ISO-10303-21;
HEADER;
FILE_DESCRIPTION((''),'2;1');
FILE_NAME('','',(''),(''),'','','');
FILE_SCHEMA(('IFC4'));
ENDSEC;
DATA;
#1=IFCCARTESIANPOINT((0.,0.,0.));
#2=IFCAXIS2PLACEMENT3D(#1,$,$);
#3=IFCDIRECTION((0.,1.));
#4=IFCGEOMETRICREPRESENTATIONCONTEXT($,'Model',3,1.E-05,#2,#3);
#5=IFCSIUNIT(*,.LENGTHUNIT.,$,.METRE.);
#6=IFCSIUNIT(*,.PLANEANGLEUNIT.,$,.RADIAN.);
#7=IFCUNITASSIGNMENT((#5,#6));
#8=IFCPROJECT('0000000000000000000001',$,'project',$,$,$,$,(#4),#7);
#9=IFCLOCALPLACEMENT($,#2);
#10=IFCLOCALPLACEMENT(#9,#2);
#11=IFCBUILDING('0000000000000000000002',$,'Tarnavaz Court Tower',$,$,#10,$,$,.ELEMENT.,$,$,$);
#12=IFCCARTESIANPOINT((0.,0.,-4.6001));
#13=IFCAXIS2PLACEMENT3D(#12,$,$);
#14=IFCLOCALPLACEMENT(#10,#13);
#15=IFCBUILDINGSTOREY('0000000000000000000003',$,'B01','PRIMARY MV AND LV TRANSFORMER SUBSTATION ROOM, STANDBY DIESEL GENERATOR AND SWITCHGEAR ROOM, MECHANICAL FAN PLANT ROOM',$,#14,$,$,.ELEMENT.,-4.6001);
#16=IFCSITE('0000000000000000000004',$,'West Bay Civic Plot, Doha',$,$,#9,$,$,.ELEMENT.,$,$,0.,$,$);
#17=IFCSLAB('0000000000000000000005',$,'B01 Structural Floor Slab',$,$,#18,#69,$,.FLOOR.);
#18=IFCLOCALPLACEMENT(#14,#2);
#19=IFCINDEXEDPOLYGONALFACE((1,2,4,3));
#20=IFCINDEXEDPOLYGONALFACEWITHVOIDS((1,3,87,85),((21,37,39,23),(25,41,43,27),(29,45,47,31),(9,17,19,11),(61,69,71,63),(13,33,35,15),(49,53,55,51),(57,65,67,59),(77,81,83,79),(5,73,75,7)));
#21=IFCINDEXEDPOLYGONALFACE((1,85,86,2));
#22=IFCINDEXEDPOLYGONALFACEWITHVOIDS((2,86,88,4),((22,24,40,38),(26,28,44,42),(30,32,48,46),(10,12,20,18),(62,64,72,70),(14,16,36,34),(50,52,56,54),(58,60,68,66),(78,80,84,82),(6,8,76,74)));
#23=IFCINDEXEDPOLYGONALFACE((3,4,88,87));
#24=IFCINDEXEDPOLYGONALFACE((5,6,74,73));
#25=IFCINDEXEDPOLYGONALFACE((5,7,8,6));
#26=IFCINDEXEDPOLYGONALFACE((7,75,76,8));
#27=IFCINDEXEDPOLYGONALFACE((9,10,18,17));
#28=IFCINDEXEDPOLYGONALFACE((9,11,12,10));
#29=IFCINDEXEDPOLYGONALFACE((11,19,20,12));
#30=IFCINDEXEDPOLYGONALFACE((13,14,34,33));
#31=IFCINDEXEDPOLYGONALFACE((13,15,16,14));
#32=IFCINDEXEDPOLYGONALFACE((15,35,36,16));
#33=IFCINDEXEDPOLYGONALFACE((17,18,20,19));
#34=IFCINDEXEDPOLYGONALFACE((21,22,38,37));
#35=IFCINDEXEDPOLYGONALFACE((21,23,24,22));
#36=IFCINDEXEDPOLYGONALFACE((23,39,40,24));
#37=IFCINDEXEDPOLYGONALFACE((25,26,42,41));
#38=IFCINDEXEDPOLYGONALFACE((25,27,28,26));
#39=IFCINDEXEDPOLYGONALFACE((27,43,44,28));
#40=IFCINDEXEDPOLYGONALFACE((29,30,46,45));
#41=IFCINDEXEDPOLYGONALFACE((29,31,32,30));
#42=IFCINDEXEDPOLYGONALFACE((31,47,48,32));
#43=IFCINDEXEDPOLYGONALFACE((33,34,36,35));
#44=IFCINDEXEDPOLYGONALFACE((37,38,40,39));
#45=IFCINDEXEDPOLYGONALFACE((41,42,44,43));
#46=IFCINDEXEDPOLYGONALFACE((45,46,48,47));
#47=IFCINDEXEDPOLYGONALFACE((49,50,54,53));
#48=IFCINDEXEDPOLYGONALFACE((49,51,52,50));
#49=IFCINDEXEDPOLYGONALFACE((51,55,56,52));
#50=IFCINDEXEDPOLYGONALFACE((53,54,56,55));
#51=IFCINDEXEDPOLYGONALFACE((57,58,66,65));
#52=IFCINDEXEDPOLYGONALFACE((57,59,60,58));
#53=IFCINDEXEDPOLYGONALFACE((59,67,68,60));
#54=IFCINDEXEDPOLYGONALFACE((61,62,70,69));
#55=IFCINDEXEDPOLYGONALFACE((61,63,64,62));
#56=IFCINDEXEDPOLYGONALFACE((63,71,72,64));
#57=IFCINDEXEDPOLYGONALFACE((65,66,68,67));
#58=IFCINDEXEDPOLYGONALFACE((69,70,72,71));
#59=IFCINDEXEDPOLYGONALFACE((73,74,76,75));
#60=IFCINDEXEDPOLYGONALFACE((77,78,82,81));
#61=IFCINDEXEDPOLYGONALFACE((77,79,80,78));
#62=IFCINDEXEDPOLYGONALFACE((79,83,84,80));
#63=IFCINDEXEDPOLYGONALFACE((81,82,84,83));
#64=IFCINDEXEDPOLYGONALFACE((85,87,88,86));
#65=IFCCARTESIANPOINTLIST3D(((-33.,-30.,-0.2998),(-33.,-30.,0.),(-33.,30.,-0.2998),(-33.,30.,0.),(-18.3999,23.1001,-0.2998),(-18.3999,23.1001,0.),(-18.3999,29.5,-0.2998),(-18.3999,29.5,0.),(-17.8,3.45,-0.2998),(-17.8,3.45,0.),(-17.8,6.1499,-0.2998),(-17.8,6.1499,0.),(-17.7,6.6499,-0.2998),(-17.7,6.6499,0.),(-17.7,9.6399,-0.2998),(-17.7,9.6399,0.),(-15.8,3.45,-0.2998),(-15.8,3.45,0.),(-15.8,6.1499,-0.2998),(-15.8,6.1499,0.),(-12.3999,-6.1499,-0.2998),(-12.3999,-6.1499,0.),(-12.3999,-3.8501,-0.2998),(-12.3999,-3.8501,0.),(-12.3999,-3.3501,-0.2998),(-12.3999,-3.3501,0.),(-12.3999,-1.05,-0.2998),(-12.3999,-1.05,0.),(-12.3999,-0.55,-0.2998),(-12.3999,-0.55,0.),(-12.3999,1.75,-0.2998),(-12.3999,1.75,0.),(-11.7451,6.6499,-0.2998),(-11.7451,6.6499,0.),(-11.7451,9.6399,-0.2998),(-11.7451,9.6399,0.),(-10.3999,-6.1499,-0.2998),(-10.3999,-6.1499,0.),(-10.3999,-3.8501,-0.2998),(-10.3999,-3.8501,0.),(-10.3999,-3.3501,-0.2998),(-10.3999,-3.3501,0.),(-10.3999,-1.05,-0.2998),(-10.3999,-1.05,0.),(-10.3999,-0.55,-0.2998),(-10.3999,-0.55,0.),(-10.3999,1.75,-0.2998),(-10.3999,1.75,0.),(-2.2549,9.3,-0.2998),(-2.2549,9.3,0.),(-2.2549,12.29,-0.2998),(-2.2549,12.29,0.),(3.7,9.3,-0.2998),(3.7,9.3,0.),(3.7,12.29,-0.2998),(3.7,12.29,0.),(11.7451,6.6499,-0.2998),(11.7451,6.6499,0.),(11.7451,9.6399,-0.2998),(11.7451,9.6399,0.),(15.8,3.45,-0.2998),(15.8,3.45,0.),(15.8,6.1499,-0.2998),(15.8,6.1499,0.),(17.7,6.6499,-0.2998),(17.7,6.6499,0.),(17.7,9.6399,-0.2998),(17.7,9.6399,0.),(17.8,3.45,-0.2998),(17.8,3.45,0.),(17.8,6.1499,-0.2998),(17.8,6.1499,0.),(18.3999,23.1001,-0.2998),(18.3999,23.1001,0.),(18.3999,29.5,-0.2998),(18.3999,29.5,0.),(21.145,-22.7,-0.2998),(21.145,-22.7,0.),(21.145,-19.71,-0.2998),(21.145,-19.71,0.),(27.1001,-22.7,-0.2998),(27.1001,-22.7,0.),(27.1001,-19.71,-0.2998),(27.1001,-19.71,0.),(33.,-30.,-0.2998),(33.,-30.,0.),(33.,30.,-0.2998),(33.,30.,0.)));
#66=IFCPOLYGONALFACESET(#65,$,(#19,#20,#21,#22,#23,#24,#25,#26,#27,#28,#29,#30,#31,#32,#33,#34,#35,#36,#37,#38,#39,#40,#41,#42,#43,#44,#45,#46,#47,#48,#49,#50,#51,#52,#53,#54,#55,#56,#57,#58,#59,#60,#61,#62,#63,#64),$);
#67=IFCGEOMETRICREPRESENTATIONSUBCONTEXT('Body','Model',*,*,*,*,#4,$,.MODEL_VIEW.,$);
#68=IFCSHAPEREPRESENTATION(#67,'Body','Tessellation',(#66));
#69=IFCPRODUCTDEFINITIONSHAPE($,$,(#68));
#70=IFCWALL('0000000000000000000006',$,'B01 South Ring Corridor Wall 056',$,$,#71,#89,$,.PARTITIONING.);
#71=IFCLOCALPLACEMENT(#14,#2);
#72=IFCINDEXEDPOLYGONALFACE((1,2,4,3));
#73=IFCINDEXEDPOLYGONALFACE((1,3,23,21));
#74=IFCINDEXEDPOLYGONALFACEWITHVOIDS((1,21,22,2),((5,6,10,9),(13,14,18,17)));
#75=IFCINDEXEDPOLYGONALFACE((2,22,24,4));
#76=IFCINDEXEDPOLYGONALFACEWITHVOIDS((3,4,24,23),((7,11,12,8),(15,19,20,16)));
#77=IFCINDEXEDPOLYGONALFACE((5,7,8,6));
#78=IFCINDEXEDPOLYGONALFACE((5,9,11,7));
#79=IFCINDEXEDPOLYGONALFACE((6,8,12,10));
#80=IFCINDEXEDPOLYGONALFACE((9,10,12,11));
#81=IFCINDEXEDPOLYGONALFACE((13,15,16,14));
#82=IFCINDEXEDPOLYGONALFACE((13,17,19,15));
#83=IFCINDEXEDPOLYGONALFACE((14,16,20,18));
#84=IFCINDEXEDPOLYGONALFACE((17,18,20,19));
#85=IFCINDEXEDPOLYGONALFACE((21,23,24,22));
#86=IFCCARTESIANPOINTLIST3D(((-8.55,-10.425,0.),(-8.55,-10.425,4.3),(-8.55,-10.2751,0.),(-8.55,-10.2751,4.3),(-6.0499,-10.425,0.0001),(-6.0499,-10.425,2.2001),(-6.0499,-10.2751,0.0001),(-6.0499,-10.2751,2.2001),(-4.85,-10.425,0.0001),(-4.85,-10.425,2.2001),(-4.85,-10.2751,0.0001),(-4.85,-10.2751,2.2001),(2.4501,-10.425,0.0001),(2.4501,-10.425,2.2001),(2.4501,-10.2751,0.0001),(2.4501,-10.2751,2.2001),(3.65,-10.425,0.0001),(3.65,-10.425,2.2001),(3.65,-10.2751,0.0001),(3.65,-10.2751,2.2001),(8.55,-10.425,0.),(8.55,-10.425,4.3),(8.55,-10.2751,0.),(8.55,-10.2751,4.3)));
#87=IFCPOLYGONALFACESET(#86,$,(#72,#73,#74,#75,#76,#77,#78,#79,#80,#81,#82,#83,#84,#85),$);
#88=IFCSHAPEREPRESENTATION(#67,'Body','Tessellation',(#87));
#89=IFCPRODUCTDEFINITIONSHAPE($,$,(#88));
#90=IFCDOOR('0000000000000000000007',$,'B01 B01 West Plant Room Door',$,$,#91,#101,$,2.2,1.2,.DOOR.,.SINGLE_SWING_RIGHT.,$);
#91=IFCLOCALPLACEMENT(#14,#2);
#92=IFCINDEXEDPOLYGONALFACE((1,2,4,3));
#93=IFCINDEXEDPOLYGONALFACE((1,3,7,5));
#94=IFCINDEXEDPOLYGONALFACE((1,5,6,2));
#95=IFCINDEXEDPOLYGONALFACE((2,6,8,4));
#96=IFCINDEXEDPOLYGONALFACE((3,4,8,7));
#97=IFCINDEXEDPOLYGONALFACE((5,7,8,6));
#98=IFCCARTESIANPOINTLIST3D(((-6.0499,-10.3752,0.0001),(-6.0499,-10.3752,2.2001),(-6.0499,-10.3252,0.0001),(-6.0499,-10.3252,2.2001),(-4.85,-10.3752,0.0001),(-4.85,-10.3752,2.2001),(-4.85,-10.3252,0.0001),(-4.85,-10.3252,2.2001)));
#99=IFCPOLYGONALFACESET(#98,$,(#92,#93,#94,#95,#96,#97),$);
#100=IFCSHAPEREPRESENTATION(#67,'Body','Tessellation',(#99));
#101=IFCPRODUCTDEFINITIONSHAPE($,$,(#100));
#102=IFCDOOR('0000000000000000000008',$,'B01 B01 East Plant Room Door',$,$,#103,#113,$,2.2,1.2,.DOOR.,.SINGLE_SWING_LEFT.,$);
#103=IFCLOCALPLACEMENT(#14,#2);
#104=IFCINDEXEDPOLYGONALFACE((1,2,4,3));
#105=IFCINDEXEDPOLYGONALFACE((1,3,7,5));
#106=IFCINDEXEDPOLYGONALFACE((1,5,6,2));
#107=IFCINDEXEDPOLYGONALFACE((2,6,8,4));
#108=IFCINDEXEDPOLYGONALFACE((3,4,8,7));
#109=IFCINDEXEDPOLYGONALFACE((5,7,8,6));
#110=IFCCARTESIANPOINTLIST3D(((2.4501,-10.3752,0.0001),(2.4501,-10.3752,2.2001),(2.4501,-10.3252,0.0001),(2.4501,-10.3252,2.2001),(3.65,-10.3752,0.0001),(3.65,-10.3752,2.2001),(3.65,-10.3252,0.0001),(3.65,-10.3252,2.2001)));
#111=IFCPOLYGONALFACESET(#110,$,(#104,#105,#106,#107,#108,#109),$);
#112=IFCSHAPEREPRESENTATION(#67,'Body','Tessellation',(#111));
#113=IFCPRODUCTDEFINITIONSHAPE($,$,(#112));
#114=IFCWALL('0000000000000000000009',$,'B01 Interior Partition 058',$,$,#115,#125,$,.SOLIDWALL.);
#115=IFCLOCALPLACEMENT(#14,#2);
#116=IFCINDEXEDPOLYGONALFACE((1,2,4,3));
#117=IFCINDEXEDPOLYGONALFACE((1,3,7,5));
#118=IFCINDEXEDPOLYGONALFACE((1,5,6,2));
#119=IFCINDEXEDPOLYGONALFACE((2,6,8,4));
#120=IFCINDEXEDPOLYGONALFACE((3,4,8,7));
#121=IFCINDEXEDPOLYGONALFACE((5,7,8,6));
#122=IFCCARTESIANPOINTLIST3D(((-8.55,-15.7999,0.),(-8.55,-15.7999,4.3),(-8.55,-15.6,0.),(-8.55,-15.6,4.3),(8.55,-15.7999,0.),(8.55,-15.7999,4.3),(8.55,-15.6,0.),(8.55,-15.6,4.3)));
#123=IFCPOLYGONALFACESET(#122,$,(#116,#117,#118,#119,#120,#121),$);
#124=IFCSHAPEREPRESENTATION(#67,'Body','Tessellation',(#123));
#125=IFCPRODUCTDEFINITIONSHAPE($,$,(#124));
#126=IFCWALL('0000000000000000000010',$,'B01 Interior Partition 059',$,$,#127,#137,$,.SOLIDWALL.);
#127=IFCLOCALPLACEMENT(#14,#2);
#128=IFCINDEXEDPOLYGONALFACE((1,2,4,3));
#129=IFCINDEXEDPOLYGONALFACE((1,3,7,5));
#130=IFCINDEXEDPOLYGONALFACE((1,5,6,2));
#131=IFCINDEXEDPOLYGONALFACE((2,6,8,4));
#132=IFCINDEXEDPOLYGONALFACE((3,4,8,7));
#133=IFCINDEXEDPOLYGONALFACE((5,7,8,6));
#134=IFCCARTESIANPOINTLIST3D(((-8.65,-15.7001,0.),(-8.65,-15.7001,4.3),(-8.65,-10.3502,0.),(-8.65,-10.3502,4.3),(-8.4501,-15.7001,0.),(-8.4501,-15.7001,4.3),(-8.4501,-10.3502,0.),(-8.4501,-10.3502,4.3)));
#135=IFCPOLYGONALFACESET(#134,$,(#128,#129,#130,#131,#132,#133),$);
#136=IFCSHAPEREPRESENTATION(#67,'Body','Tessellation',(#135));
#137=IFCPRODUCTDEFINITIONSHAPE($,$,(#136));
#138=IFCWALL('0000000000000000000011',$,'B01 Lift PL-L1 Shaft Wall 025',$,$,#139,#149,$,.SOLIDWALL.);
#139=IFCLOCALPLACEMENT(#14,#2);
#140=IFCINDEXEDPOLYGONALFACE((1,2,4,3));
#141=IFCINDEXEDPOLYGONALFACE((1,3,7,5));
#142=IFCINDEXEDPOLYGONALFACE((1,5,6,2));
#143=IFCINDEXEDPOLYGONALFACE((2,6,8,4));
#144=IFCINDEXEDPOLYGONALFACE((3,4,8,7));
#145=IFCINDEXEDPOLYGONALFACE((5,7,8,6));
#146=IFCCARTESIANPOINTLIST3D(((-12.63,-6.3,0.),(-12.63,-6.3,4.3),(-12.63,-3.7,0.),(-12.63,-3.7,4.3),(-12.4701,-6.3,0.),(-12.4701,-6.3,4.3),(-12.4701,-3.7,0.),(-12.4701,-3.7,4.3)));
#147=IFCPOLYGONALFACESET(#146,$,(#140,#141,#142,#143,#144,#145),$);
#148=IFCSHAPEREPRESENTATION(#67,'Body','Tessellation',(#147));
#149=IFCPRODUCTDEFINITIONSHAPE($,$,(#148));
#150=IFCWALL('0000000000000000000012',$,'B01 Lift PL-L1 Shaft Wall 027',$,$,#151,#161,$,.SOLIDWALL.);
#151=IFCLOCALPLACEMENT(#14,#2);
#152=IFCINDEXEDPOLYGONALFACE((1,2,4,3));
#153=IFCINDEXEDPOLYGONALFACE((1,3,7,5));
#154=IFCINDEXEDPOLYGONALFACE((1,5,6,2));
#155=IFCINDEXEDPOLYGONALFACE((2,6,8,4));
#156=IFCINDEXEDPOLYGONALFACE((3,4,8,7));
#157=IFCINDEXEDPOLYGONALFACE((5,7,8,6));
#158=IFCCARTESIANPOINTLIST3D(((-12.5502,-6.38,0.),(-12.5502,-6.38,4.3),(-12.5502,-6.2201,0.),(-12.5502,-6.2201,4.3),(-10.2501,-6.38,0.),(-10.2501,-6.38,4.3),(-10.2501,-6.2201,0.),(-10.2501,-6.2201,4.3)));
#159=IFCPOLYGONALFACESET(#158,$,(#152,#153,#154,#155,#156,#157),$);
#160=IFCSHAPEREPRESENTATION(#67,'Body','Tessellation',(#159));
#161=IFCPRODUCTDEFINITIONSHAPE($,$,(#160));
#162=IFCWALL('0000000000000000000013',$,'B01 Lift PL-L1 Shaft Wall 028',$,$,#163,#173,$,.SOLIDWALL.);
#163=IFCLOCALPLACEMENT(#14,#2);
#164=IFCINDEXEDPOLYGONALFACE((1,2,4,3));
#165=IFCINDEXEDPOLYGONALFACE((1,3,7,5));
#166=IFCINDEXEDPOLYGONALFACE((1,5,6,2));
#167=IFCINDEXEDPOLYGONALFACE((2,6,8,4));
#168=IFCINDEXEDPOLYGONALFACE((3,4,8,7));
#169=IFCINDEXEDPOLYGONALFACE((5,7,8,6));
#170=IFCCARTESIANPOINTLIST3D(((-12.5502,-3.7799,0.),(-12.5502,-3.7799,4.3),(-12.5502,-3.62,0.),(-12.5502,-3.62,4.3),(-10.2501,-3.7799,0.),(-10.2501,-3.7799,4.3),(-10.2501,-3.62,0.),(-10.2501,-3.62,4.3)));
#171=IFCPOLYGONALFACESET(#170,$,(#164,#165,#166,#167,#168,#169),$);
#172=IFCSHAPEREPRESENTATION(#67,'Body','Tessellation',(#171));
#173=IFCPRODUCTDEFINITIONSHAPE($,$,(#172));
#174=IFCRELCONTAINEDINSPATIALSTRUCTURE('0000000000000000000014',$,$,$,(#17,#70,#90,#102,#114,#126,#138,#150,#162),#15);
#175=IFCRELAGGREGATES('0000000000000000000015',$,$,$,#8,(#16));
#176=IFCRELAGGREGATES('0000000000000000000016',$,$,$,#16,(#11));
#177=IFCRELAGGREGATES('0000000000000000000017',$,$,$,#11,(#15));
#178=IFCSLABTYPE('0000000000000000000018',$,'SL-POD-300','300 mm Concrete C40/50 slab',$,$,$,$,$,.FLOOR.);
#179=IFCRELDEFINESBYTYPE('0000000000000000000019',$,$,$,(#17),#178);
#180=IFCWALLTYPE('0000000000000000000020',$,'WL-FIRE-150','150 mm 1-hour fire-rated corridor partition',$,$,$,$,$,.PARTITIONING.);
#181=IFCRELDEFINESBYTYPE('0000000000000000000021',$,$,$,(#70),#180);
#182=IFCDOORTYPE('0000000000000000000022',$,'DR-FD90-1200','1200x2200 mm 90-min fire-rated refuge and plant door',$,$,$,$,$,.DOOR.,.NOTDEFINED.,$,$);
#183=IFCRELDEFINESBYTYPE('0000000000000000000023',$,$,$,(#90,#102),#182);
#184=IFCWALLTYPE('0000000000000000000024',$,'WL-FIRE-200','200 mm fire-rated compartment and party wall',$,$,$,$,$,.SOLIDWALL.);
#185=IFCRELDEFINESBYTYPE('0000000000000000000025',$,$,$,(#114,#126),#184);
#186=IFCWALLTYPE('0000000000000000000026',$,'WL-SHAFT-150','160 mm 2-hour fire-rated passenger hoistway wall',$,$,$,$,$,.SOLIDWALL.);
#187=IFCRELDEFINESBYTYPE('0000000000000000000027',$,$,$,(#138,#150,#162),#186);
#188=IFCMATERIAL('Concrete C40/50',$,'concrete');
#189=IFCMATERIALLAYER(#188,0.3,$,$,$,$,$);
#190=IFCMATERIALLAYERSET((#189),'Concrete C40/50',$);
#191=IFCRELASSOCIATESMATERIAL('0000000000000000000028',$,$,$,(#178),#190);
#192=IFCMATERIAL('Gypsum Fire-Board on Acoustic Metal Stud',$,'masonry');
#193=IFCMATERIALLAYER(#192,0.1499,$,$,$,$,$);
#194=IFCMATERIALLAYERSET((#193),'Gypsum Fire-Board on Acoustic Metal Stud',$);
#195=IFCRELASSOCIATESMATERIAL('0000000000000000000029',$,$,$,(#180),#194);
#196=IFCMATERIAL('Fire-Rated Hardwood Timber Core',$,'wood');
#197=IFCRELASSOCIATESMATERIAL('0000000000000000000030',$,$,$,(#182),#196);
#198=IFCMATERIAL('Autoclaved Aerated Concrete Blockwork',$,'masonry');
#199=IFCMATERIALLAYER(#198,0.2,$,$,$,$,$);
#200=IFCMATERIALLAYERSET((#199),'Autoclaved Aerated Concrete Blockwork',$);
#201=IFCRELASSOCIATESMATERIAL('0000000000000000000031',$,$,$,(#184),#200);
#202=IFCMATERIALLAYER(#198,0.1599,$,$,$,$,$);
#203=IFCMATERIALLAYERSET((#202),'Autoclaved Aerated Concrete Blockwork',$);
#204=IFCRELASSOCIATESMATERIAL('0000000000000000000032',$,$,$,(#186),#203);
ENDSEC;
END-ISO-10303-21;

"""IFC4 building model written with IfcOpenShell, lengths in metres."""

from ifc_helpers import new_model, si_unit, direction, frame, frame_2d, origin, place, context, subcontext, project, spatial, polyline, rectangle, outline, extrude, material, layer, layer_set, type_object, element, fill, save


model = new_model("IFC4")

# Units and contexts
model_context = context("Model", 3, precision=1e-05, world=origin(), true_north=direction((0.0, 1.0)))
body_context = subcontext(model_context, "Body", "Model", "MODEL_VIEW")
ifc_project = project(units=[si_unit("LENGTHUNIT", "METRE"), si_unit("PLANEANGLEUNIT", "RADIAN")], contexts=[model_context])

# Site, building, storey
site_placement = place(None, origin())
site = spatial("IfcSite", under=ifc_project, at=site_placement, Name="West Bay Civic Plot, Doha", CompositionType="ELEMENT", RefElevation=0.0)
building_placement = place(site_placement, origin())
building = spatial("IfcBuilding", under=site, at=building_placement, Name="Tarnavaz Court Tower", CompositionType="ELEMENT")
storey_placement = place(building_placement, frame((0.0, 0.0, -4.6001)))
storey = spatial("IfcBuildingStorey", under=building, at=storey_placement, Name="B01", Description="PRIMARY MV AND LV TRANSFORMER SUBSTATION ROOM, STANDBY DIESEL GENERATOR AND SWITCHGEAR ROOM, MECHANICAL FAN PLANT ROOM", CompositionType="ELEMENT", Elevation=-4.6001)

# Slab
ifc_material_1 = material(Name="Concrete C40/50", Category="concrete")
ifc_layer_1 = layer(ifc_material_1, 0.3)
ifc_layer_set_1 = layer_set([ifc_layer_1], Name="Concrete C40/50")
slab_type = type_object("IfcSlabType", Name="SL-POD-300", Description="300 mm Concrete C40/50 slab", PredefinedType="FLOOR", material=ifc_layer_set_1)
slab_placement = place(storey_placement, frame((0.0, 0.0, -0.2998)))
element("IfcSlab", 1, at=slab_placement, inside=storey, type_object=slab_type, Name="B01 Structural Floor Slab", PredefinedType="FLOOR", context=body_context, shape_type="SweptSolid", body=[
    extrude(outline(polyline([(-33.0, -30.0), (33.0, -30.0), (33.0, 30.0), (-33.0, 30.0), (-33.0, -30.0)]), holes=[polyline([(-11.7451, 9.6399), (-17.7, 9.6399), (-17.7, 6.6499), (-11.7451, 6.6499), (-11.7451, 9.6399)]), polyline([(11.7451, 6.6499), (17.7, 6.6499), (17.7, 9.6399), (11.7451, 9.6399), (11.7451, 6.6499)]), polyline([(-2.2549, 9.3), (3.7, 9.3), (3.7, 12.29), (-2.2549, 12.29), (-2.2549, 9.3)]), polyline([(21.145, -22.7), (27.1001, -22.7), (27.1001, -19.71), (21.145, -19.71), (21.145, -22.7)]), polyline([(-17.8, 3.45), (-15.8, 3.45), (-15.8, 6.1499), (-17.8, 6.1499), (-17.8, 3.45)]), polyline([(-12.3999, -6.1499), (-10.3999, -6.1499), (-10.3999, -3.8501), (-12.3999, -3.8501), (-12.3999, -6.1499)]), polyline([(-12.3999, -3.3501), (-10.3999, -3.3501), (-10.3999, -1.05), (-12.3999, -1.05), (-12.3999, -3.3501)]), polyline([(-12.3999, -0.55), (-10.3999, -0.55), (-10.3999, 1.75), (-12.3999, 1.75), (-12.3999, -0.55)]), polyline([(15.8, 3.45), (17.8, 3.45), (17.8, 6.1499), (15.8, 6.1499), (15.8, 3.45)]), polyline([(-18.3999, 23.1001), (18.3999, 23.1001), (18.3999, 29.5), (-18.3999, 29.5), (-18.3999, 23.1001)])]), origin(), (0.0, 0.0, 1.0), 0.2998),
])

# Wall, openings, doors
ifc_material_2 = material(Name="Gypsum Fire-Board on Acoustic Metal Stud", Category="masonry")
ifc_layer_2 = layer(ifc_material_2, 0.1499)
ifc_layer_set_2 = layer_set([ifc_layer_2], Name="Gypsum Fire-Board on Acoustic Metal Stud")
wall_type_1 = type_object("IfcWallType", Name="WL-FIRE-150", Description="150 mm 1-hour fire-rated corridor partition", PredefinedType="PARTITIONING", material=ifc_layer_set_2)
wall_1_placement = place(storey_placement, frame((-8.55, -10.3501, 0.0), z_axis=(0.0, 0.0, 1.0), x_axis=(1.0, 0.0, 0.0)))
wall_1 = element("IfcWall", 2, at=wall_1_placement, inside=storey, type_object=wall_type_1, Name="B01 South Ring Corridor Wall 056", PredefinedType="PARTITIONING", context=body_context, shape_type="SweptSolid", body=[
    extrude(rectangle(XDim=17.1001, YDim=0.1499, at=frame_2d((8.55, 0.0))), origin(), (0.0, 0.0, 1.0), 4.3),
])
opening_1_placement = place(wall_1_placement, frame((2.5, 0.0, 0.0)))
opening_1 = element("IfcOpeningElement", 3, at=opening_1_placement, cuts=wall_1, PredefinedType="OPENING", context=body_context, shape_type="SweptSolid", body=[
    extrude(rectangle(XDim=1.2, YDim=2.2, at=frame_2d((0.6001, 1.1001))), frame((0.0, 0.085, 0.0), z_axis=(0.0, -1.0, 0.0), x_axis=(1.0, 0.0, 0.0)), (0.0, 0.0, 1.0), 0.1699),
])
opening_2_placement = place(wall_1_placement, frame((11.0, 0.0, 0.0)))
opening_2 = element("IfcOpeningElement", 4, at=opening_2_placement, cuts=wall_1, PredefinedType="OPENING", context=body_context, shape_type="SweptSolid", body=[
    extrude(rectangle(XDim=1.2, YDim=2.2, at=frame_2d((0.6001, 1.1001))), frame((0.0, 0.085, 0.0), z_axis=(0.0, -1.0, 0.0), x_axis=(1.0, 0.0, 0.0)), (0.0, 0.0, 1.0), 0.1699),
])
ifc_material_3 = material(Name="Fire-Rated Hardwood Timber Core", Category="wood")
door_type_1 = type_object("IfcDoorType", Name="DR-FD90-1200", Description="1200x2200 mm 90-min fire-rated refuge and plant door", OperationType="NOTDEFINED", PredefinedType="DOOR", material=ifc_material_3)
door_1_placement = place(opening_1_placement, origin())
door_1 = element("IfcDoor", 5, at=door_1_placement, inside=storey, type_object=door_type_1, Name="B01 B01 West Plant Room Door", OperationType="SINGLE_SWING_RIGHT", OverallHeight=2.2, OverallWidth=1.2, PredefinedType="DOOR", context=body_context, shape_type="SweptSolid", body=[
    extrude(rectangle(XDim=1.2, YDim=2.2, at=frame_2d((0.6001, 1.1001))), frame((0.0, 0.0249, 0.0), z_axis=(0.0, -1.0, 0.0), x_axis=(1.0, 0.0, 0.0)), (0.0, 0.0, 1.0), 0.05),
])
fill(opening_1, door_1)
door_2_placement = place(opening_2_placement, origin())
door_2 = element("IfcDoor", 6, at=door_2_placement, inside=storey, type_object=door_type_1, Name="B01 B01 East Plant Room Door", OperationType="SINGLE_SWING_LEFT", OverallHeight=2.2, OverallWidth=1.2, PredefinedType="DOOR", context=body_context, shape_type="SweptSolid", body=[
    extrude(rectangle(XDim=1.2, YDim=2.2, at=frame_2d((0.6001, 1.1001))), frame((0.0, 0.0249, 0.0), z_axis=(0.0, -1.0, 0.0), x_axis=(1.0, 0.0, 0.0)), (0.0, 0.0, 1.0), 0.05),
])
fill(opening_2, door_2)

# Walls
ifc_material_4 = material(Name="Autoclaved Aerated Concrete Blockwork", Category="masonry")
ifc_layer_3 = layer(ifc_material_4, 0.2)
ifc_layer_set_3 = layer_set([ifc_layer_3], Name="Autoclaved Aerated Concrete Blockwork")
wall_type_2 = type_object("IfcWallType", Name="WL-FIRE-200", Description="200 mm fire-rated compartment and party wall", PredefinedType="SOLIDWALL", material=ifc_layer_set_3)
wall_2_placement = place(storey_placement, frame((-8.55, -15.7, 0.0), z_axis=(0.0, 0.0, 1.0), x_axis=(1.0, 0.0, 0.0)))
element("IfcWall", 7, at=wall_2_placement, inside=storey, type_object=wall_type_2, Name="B01 Interior Partition 058", PredefinedType="SOLIDWALL", context=body_context, shape_type="SweptSolid", body=[
    extrude(rectangle(XDim=17.1001, YDim=0.2, at=frame_2d((8.55, 0.0))), origin(), (0.0, 0.0, 1.0), 4.3),
])
wall_3_placement = place(storey_placement, frame((-8.55, -15.7, 0.0), z_axis=(0.0, 0.0, 1.0), x_axis=(0.0, 1.0, 0.0)))
element("IfcWall", 8, at=wall_3_placement, inside=storey, type_object=wall_type_2, Name="B01 Interior Partition 059", PredefinedType="SOLIDWALL", context=body_context, shape_type="SweptSolid", body=[
    extrude(rectangle(XDim=5.3499, YDim=0.2, at=frame_2d((2.6748, 0.0))), origin(), (0.0, 0.0, 1.0), 4.3),
])
ifc_layer_4 = layer(ifc_material_4, 0.1599)
ifc_layer_set_4 = layer_set([ifc_layer_4], Name="Autoclaved Aerated Concrete Blockwork")
wall_type_3 = type_object("IfcWallType", Name="WL-SHAFT-150", Description="160 mm 2-hour fire-rated passenger hoistway wall", PredefinedType="SOLIDWALL", material=ifc_layer_set_4)
wall_4_placement = place(storey_placement, frame((-12.55, -6.3, 0.0), z_axis=(0.0, 0.0, 1.0), x_axis=(0.0, 1.0, 0.0)))
element("IfcWall", 9, at=wall_4_placement, inside=storey, type_object=wall_type_3, Name="B01 Lift PL-L1 Shaft Wall 025", PredefinedType="SOLIDWALL", context=body_context, shape_type="SweptSolid", body=[
    extrude(rectangle(XDim=2.6001, YDim=0.1599, at=frame_2d((1.3, 0.0))), origin(), (0.0, 0.0, 1.0), 4.3),
])

# Walls
for number, where, z_axis, x_axis, name in (
    (10, (-12.55, -6.3, 0.0), (0.0, 0.0, 1.0), (1.0, 0.0, 0.0), "B01 Lift PL-L1 Shaft Wall 027"),
    (11, (-12.55, -3.7, 0.0), (0.0, 0.0, 1.0), (1.0, 0.0, 0.0), "B01 Lift PL-L1 Shaft Wall 028"),
):
    element("IfcWall", number, at=place(storey_placement, frame(where, z_axis=z_axis, x_axis=x_axis)), inside=storey, type_object=wall_type_3, Name=name, PredefinedType="SOLIDWALL", context=body_context, shape_type="SweptSolid", body=[
        extrude(rectangle(XDim=2.3, YDim=0.1599, at=frame_2d((1.1499, 0.0))), origin(), (0.0, 0.0, 1.0), 4.3),
    ])

save(model, "model.ifc")
